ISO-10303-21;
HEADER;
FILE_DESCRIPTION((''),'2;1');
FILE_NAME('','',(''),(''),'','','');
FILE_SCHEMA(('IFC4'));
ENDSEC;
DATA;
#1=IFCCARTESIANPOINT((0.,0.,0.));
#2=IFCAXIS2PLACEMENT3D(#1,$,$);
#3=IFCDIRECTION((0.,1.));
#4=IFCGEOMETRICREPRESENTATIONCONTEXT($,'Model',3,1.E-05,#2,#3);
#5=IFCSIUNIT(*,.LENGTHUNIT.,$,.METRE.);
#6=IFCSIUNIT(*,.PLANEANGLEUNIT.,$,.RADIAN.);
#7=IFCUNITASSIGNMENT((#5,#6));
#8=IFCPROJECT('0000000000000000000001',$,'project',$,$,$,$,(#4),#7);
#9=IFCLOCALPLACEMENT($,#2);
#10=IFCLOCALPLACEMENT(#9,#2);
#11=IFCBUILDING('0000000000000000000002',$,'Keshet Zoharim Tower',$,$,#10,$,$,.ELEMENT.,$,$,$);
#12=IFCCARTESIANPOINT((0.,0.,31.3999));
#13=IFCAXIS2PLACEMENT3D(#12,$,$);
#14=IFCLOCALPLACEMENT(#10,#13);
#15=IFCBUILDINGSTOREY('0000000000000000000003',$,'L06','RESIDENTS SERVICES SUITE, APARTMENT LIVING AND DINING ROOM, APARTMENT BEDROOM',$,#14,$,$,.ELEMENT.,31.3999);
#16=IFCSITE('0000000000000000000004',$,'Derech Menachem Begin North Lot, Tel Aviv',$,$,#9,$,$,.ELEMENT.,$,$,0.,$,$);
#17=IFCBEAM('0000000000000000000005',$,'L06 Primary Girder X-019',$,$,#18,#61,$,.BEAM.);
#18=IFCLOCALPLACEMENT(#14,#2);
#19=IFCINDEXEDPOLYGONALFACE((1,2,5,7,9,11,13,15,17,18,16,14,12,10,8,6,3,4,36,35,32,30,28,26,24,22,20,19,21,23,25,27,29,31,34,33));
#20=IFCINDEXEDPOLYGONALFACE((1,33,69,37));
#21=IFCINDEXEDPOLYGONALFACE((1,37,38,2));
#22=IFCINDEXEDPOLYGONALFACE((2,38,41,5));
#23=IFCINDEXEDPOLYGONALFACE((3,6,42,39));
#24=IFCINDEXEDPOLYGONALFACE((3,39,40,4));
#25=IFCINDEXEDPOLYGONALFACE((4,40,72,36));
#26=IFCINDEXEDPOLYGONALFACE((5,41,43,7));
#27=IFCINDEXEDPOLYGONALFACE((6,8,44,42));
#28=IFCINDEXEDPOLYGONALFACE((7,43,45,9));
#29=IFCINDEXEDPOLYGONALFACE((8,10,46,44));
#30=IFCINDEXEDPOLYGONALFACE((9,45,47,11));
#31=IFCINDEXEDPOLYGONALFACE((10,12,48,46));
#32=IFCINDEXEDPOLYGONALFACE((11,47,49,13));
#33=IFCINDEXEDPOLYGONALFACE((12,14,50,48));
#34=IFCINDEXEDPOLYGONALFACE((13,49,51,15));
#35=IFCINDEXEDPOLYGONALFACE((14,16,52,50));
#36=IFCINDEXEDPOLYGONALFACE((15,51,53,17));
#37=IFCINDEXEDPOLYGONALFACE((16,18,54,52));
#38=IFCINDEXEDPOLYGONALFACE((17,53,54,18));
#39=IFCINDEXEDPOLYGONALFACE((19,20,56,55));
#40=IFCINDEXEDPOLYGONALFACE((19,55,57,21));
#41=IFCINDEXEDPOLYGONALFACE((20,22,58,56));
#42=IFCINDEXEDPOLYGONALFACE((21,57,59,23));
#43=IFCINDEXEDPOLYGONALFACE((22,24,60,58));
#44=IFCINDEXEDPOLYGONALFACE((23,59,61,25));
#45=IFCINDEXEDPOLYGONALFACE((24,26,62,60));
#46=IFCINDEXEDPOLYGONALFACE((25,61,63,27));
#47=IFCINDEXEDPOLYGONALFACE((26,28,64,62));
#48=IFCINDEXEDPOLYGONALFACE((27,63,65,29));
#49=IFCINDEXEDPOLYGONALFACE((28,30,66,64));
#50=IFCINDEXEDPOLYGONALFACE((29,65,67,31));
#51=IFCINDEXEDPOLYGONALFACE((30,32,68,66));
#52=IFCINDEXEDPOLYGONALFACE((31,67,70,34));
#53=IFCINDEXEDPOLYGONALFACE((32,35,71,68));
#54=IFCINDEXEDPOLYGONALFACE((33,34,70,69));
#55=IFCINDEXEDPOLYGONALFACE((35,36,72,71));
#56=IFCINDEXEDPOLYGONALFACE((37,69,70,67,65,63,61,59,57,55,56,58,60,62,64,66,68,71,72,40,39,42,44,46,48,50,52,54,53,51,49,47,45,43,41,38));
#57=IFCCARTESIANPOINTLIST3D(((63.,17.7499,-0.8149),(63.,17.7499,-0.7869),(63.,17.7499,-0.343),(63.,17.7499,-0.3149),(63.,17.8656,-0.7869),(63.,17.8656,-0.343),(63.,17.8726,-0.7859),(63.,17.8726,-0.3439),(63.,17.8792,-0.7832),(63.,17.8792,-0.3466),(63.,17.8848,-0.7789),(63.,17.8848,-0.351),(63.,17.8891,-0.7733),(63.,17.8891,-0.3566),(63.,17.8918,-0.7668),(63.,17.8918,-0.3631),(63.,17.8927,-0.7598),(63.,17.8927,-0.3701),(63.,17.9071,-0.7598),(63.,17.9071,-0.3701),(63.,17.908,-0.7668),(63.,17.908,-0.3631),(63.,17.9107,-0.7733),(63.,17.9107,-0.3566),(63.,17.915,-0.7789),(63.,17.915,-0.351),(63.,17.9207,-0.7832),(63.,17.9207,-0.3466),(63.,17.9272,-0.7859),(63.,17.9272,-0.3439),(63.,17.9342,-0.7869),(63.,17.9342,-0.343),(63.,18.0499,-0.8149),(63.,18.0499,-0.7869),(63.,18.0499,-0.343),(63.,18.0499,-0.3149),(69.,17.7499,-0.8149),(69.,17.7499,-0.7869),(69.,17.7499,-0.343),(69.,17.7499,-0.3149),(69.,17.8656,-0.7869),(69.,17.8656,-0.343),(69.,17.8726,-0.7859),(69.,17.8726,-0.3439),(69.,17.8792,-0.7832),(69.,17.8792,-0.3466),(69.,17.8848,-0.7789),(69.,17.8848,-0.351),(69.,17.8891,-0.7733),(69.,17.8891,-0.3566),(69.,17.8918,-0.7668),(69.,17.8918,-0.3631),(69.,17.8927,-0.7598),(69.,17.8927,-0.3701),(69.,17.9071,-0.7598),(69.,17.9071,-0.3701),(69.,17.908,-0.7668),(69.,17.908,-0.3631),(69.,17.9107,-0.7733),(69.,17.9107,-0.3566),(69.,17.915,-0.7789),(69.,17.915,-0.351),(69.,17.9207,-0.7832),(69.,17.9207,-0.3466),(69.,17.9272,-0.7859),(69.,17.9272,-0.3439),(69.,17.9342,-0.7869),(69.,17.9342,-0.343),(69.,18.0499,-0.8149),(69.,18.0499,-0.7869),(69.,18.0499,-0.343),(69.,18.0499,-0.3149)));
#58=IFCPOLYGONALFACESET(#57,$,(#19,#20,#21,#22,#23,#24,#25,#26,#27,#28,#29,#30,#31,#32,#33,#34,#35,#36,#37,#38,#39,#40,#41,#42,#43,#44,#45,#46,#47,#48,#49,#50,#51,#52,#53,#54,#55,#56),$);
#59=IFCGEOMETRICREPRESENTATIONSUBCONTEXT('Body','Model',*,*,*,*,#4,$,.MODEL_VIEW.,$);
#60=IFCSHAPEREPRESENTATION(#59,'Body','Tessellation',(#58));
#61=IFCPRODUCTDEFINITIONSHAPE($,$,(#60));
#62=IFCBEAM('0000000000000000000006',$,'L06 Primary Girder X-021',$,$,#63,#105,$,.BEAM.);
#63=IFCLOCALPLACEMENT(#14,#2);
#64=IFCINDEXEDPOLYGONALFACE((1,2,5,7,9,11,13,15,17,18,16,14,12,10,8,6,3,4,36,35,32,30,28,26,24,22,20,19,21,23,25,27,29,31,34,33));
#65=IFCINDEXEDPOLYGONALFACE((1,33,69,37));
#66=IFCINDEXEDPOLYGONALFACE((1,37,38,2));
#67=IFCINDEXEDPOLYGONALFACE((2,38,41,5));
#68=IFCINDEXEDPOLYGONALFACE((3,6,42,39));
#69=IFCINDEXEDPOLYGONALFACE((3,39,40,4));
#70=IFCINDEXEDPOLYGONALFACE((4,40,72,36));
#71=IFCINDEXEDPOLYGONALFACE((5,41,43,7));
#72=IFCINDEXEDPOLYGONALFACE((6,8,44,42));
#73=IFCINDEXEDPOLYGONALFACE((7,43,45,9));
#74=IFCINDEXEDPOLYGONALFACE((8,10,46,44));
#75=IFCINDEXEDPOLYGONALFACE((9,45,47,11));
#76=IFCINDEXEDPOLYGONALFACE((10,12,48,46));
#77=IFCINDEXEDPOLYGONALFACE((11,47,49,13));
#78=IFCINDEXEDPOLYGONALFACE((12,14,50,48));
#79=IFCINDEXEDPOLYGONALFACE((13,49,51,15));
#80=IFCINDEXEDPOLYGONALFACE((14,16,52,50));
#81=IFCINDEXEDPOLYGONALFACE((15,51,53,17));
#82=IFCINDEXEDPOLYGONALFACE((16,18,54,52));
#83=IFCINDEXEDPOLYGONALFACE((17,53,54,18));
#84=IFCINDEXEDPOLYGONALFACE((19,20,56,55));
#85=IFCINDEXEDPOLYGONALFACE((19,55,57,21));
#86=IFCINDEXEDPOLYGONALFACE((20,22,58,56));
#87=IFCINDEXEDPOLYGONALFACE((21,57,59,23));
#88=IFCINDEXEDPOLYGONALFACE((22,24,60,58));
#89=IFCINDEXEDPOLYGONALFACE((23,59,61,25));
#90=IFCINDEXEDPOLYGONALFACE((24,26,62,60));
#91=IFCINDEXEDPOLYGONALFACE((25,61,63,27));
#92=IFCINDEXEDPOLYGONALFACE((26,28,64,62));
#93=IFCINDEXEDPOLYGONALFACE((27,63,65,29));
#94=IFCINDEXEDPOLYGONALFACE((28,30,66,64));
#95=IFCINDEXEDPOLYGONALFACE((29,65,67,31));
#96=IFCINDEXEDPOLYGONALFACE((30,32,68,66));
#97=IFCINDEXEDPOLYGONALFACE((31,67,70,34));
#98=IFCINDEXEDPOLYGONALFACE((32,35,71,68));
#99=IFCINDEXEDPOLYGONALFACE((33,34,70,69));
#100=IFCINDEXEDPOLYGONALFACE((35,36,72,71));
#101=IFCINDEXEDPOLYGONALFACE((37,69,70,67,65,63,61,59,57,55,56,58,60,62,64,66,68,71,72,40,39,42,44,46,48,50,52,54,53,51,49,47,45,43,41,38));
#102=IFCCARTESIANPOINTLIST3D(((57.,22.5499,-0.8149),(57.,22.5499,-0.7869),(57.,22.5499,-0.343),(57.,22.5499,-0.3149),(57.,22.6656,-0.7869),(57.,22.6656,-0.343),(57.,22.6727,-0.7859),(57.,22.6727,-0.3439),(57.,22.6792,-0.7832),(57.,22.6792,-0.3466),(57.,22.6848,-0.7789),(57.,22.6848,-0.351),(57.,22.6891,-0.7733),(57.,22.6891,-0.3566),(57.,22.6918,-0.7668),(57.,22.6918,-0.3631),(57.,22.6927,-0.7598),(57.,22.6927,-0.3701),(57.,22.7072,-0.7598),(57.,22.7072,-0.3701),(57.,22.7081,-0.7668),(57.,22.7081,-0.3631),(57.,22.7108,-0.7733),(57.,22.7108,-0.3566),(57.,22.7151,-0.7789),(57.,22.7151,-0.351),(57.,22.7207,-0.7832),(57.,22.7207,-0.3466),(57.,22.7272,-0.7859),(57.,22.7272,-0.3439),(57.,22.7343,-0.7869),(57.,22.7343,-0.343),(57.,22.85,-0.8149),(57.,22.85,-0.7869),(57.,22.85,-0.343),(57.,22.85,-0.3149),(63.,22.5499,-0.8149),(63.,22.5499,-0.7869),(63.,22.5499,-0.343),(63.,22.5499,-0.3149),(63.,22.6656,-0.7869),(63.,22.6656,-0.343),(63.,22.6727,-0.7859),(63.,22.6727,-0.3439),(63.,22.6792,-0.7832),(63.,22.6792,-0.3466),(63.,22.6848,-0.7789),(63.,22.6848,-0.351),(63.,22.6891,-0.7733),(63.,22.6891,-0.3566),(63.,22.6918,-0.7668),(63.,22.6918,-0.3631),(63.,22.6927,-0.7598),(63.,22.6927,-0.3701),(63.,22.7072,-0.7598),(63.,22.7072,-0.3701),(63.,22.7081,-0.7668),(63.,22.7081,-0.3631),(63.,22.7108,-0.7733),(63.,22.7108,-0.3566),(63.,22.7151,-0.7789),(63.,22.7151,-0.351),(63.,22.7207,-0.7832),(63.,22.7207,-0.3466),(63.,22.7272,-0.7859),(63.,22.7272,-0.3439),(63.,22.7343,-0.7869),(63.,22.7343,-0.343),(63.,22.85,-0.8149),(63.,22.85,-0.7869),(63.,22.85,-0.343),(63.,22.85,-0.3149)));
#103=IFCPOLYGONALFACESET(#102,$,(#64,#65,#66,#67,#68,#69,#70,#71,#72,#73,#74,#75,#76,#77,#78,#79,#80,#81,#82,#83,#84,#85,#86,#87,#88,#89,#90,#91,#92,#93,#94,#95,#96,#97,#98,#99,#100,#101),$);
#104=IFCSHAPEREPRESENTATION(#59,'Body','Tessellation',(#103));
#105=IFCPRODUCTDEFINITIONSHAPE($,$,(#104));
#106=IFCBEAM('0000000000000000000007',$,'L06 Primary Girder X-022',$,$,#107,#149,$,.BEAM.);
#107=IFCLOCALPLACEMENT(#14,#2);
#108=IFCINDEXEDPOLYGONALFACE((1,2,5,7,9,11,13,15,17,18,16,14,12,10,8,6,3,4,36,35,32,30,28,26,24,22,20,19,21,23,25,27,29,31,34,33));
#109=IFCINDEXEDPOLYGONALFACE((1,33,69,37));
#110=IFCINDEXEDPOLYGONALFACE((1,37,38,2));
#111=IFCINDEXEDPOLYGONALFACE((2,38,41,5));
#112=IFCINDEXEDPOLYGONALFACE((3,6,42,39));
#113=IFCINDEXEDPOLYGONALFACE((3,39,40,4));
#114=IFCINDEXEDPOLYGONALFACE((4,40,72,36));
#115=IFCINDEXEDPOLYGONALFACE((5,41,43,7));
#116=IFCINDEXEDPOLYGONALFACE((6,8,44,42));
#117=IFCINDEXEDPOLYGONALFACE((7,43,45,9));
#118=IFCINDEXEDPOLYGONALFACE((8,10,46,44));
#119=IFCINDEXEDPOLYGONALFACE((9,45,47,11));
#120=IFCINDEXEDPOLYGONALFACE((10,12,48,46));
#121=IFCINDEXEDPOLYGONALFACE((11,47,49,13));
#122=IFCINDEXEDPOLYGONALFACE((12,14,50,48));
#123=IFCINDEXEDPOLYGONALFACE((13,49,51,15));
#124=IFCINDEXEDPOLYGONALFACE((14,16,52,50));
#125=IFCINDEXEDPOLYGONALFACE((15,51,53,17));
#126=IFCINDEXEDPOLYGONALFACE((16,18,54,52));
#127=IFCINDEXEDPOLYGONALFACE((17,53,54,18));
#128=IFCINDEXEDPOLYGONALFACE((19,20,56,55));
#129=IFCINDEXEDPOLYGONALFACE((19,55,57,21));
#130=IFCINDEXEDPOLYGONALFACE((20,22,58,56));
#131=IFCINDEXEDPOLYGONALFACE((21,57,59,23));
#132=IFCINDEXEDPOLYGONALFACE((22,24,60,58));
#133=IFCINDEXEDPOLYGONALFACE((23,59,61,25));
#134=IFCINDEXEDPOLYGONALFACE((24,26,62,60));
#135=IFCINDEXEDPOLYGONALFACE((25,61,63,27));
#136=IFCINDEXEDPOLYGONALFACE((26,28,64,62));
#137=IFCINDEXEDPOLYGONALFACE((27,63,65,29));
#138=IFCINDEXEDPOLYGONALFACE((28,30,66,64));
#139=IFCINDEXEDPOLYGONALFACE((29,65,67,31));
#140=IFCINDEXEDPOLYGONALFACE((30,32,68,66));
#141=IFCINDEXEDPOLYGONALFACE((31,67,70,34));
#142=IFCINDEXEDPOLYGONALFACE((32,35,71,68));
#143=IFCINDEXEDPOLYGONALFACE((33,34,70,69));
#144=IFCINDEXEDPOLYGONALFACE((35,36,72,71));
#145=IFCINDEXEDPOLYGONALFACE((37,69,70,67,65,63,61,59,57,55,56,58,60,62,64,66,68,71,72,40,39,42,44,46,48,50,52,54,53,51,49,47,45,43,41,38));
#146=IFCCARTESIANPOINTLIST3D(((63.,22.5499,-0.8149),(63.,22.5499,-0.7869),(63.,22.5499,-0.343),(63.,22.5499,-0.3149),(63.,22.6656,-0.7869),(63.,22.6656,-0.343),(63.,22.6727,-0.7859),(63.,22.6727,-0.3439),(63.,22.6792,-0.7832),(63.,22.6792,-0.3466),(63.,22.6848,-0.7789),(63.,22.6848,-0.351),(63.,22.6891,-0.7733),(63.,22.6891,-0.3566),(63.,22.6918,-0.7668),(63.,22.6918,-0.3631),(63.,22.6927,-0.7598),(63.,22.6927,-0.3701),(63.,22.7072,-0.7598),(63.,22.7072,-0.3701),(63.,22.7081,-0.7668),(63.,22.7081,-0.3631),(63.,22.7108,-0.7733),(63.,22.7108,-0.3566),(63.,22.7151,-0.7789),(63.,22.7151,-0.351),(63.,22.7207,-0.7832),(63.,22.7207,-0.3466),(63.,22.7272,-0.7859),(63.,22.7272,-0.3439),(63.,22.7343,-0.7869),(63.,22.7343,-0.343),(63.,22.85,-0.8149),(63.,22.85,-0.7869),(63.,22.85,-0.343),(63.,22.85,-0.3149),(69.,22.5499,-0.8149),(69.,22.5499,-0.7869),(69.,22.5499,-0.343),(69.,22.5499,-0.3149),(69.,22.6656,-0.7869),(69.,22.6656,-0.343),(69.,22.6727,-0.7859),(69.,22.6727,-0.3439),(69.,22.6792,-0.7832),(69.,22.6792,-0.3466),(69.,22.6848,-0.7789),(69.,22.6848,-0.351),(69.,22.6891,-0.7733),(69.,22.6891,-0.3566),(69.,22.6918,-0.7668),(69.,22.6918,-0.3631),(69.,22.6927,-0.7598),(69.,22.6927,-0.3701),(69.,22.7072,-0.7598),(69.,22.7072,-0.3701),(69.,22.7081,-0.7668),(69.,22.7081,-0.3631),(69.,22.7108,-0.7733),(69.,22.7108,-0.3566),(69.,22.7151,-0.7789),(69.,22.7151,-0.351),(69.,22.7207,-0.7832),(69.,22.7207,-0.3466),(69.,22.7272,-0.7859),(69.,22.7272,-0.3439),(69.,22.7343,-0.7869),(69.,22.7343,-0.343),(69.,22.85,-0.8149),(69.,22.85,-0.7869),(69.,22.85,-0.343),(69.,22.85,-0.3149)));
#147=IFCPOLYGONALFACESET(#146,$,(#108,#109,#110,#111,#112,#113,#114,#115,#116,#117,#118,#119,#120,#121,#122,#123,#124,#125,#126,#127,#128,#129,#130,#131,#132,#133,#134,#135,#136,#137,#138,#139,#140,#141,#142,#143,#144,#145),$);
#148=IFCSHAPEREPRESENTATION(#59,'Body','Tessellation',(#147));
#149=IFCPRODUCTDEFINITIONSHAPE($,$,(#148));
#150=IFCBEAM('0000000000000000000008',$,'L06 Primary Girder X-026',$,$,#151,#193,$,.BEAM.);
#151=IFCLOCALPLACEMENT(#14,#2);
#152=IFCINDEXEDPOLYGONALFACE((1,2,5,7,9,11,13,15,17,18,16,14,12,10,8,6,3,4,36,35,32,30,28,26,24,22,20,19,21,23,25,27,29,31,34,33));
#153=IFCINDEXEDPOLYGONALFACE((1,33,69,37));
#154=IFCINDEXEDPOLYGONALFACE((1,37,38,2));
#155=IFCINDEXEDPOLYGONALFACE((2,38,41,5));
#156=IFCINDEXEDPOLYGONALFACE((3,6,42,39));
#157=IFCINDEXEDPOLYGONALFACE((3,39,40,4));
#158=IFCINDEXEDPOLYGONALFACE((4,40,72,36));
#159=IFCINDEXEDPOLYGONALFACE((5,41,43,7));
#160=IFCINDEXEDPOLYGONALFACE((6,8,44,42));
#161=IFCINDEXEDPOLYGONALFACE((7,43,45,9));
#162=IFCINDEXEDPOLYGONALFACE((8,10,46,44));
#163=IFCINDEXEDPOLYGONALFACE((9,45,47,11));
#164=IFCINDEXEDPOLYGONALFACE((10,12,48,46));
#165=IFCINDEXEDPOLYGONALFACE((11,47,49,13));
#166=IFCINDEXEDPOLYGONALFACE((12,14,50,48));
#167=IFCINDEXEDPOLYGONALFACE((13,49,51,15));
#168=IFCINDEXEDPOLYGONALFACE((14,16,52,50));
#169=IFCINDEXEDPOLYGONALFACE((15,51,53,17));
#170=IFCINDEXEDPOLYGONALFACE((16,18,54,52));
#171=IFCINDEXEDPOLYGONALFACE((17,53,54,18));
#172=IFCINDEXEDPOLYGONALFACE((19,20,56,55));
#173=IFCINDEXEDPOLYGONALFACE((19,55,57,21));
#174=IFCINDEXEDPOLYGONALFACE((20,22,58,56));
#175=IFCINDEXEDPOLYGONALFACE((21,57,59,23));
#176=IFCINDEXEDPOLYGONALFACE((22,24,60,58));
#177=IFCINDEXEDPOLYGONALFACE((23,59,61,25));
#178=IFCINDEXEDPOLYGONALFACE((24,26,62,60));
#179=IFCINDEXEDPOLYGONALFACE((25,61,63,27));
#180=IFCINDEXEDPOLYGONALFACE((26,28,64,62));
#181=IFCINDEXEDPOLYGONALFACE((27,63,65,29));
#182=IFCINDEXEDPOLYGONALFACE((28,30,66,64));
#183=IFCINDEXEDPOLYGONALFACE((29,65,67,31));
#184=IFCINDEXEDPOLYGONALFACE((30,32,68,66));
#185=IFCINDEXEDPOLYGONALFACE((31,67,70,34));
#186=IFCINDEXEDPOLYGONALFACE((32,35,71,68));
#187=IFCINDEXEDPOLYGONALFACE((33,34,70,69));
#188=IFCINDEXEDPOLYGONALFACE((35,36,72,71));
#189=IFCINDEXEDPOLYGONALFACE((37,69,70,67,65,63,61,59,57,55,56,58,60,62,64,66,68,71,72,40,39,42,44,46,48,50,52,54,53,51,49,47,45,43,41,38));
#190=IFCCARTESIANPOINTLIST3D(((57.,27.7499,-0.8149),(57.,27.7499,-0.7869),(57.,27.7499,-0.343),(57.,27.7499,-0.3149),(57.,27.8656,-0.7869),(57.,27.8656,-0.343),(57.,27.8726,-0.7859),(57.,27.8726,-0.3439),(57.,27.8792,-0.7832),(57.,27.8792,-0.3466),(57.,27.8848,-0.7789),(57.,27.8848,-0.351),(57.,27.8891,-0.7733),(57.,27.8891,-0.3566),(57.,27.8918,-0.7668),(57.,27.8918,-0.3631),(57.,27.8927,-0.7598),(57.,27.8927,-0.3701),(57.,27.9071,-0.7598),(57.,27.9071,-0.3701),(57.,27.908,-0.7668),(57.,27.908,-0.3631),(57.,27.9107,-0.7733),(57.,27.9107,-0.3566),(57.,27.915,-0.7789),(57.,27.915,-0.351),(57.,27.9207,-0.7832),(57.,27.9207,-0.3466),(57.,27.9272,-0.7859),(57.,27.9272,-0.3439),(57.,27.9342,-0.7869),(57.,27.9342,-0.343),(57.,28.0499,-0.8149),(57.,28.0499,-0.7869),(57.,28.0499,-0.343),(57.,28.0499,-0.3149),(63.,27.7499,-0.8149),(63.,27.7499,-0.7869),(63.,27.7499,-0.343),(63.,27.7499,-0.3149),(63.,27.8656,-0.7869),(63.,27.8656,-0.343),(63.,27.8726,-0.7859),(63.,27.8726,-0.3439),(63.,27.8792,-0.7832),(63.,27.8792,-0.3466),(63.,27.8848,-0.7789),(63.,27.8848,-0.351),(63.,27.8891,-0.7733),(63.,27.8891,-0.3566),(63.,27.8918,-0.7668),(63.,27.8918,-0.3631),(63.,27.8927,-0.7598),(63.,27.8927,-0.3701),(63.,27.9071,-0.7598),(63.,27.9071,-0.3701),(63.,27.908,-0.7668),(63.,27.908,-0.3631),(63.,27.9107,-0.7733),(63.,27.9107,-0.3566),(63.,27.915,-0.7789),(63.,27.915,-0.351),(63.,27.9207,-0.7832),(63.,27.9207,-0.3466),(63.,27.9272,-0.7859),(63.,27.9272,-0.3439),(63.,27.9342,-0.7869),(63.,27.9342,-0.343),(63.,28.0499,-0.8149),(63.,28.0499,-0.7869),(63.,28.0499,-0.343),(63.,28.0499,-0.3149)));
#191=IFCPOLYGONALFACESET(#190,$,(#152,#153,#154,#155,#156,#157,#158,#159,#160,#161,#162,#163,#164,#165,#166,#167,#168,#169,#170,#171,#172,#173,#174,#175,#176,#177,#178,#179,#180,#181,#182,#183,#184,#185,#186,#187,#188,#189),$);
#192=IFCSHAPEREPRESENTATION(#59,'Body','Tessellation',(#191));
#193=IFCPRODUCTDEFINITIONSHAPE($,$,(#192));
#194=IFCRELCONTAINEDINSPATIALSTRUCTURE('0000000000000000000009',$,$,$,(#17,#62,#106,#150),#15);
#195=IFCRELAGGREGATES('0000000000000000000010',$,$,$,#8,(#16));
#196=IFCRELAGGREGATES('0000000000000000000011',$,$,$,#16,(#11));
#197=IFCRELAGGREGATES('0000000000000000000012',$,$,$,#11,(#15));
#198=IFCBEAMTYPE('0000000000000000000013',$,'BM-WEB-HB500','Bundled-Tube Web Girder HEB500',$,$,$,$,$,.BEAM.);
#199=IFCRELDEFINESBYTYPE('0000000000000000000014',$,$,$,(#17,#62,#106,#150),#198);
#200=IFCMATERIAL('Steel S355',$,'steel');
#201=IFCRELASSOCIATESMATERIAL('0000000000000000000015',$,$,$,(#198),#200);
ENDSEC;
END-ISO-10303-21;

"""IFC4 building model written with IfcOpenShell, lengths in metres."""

from ifc_helpers import new_model, si_unit, direction, frame, origin, origin_2d, place, context, subcontext, project, spatial, i_section, extrude, material, material_profile, profile_set, type_object, element, save


model = new_model("IFC4")

# Units and contexts
model_context = context("Model", 3, precision=1e-05, world=origin(), true_north=direction((0.0, 1.0)))
body_context = subcontext(model_context, "Body", "Model", "MODEL_VIEW")
ifc_project = project(units=[si_unit("LENGTHUNIT", "METRE"), si_unit("PLANEANGLEUNIT", "RADIAN")], contexts=[model_context])

# Site, building, storey
site_placement = place(None, origin())
site = spatial("IfcSite", under=ifc_project, at=site_placement, Name="Derech Menachem Begin North Lot, Tel Aviv", CompositionType="ELEMENT", RefElevation=0.0)
building_placement = place(site_placement, origin())
building = spatial("IfcBuilding", under=site, at=building_placement, Name="Keshet Zoharim Tower", CompositionType="ELEMENT")
storey_placement = place(building_placement, frame((0.0, 0.0, 31.3999)))
storey = spatial("IfcBuildingStorey", under=building, at=storey_placement, Name="L06", Description="RESIDENTS SERVICES SUITE, APARTMENT LIVING AND DINING ROOM, APARTMENT BEDROOM", CompositionType="ELEMENT", Elevation=31.3999)

# Shared definitions
ifc_material_1 = material(Name="Steel S355", Category="steel")

# Beams
ifc_material_profile_1 = material_profile(ifc_material_1, i_section(OverallWidth=0.3, OverallDepth=0.5, WebThickness=0.0144, FlangeThickness=0.0281, FilletRadius=0.0271, at=origin_2d()), Name="HEB500")
ifc_profile_set_1 = profile_set([ifc_material_profile_1], Name="Steel S355")
beam_type_1 = type_object("IfcBeamType", Name="BM-WEB-HB500", Description="Bundled-Tube Web Girder HEB500", PredefinedType="BEAM", material=ifc_profile_set_1)
for number, where, z_axis, x_axis, name in (
    (1, (63.0, 17.8999, -0.5649), (1.0, 0.0, 0.0), (0.0, 1.0, 0.0), "L06 Primary Girder X-019"),
    (2, (57.0, 22.7, -0.5649), (1.0, 0.0, 0.0), (0.0, 1.0, 0.0), "L06 Primary Girder X-021"),
    (3, (63.0, 22.7, -0.5649), (1.0, 0.0, 0.0), (0.0, 1.0, 0.0), "L06 Primary Girder X-022"),
    (4, (57.0, 27.8999, -0.5649), (1.0, 0.0, 0.0), (0.0, 1.0, 0.0), "L06 Primary Girder X-026"),
):
    element("IfcBeam", number, at=place(storey_placement, frame(where, z_axis=z_axis, x_axis=x_axis)), inside=storey, type_object=beam_type_1, Name=name, PredefinedType="BEAM", context=body_context, shape_type="SweptSolid", body=[
        extrude(i_section(OverallWidth=0.3, OverallDepth=0.5, WebThickness=0.0144, FlangeThickness=0.0281, FilletRadius=0.0271, at=origin_2d()), origin(), (0.0, 0.0, 1.0), 6.0),
    ])

save(model, "model.ifc")
